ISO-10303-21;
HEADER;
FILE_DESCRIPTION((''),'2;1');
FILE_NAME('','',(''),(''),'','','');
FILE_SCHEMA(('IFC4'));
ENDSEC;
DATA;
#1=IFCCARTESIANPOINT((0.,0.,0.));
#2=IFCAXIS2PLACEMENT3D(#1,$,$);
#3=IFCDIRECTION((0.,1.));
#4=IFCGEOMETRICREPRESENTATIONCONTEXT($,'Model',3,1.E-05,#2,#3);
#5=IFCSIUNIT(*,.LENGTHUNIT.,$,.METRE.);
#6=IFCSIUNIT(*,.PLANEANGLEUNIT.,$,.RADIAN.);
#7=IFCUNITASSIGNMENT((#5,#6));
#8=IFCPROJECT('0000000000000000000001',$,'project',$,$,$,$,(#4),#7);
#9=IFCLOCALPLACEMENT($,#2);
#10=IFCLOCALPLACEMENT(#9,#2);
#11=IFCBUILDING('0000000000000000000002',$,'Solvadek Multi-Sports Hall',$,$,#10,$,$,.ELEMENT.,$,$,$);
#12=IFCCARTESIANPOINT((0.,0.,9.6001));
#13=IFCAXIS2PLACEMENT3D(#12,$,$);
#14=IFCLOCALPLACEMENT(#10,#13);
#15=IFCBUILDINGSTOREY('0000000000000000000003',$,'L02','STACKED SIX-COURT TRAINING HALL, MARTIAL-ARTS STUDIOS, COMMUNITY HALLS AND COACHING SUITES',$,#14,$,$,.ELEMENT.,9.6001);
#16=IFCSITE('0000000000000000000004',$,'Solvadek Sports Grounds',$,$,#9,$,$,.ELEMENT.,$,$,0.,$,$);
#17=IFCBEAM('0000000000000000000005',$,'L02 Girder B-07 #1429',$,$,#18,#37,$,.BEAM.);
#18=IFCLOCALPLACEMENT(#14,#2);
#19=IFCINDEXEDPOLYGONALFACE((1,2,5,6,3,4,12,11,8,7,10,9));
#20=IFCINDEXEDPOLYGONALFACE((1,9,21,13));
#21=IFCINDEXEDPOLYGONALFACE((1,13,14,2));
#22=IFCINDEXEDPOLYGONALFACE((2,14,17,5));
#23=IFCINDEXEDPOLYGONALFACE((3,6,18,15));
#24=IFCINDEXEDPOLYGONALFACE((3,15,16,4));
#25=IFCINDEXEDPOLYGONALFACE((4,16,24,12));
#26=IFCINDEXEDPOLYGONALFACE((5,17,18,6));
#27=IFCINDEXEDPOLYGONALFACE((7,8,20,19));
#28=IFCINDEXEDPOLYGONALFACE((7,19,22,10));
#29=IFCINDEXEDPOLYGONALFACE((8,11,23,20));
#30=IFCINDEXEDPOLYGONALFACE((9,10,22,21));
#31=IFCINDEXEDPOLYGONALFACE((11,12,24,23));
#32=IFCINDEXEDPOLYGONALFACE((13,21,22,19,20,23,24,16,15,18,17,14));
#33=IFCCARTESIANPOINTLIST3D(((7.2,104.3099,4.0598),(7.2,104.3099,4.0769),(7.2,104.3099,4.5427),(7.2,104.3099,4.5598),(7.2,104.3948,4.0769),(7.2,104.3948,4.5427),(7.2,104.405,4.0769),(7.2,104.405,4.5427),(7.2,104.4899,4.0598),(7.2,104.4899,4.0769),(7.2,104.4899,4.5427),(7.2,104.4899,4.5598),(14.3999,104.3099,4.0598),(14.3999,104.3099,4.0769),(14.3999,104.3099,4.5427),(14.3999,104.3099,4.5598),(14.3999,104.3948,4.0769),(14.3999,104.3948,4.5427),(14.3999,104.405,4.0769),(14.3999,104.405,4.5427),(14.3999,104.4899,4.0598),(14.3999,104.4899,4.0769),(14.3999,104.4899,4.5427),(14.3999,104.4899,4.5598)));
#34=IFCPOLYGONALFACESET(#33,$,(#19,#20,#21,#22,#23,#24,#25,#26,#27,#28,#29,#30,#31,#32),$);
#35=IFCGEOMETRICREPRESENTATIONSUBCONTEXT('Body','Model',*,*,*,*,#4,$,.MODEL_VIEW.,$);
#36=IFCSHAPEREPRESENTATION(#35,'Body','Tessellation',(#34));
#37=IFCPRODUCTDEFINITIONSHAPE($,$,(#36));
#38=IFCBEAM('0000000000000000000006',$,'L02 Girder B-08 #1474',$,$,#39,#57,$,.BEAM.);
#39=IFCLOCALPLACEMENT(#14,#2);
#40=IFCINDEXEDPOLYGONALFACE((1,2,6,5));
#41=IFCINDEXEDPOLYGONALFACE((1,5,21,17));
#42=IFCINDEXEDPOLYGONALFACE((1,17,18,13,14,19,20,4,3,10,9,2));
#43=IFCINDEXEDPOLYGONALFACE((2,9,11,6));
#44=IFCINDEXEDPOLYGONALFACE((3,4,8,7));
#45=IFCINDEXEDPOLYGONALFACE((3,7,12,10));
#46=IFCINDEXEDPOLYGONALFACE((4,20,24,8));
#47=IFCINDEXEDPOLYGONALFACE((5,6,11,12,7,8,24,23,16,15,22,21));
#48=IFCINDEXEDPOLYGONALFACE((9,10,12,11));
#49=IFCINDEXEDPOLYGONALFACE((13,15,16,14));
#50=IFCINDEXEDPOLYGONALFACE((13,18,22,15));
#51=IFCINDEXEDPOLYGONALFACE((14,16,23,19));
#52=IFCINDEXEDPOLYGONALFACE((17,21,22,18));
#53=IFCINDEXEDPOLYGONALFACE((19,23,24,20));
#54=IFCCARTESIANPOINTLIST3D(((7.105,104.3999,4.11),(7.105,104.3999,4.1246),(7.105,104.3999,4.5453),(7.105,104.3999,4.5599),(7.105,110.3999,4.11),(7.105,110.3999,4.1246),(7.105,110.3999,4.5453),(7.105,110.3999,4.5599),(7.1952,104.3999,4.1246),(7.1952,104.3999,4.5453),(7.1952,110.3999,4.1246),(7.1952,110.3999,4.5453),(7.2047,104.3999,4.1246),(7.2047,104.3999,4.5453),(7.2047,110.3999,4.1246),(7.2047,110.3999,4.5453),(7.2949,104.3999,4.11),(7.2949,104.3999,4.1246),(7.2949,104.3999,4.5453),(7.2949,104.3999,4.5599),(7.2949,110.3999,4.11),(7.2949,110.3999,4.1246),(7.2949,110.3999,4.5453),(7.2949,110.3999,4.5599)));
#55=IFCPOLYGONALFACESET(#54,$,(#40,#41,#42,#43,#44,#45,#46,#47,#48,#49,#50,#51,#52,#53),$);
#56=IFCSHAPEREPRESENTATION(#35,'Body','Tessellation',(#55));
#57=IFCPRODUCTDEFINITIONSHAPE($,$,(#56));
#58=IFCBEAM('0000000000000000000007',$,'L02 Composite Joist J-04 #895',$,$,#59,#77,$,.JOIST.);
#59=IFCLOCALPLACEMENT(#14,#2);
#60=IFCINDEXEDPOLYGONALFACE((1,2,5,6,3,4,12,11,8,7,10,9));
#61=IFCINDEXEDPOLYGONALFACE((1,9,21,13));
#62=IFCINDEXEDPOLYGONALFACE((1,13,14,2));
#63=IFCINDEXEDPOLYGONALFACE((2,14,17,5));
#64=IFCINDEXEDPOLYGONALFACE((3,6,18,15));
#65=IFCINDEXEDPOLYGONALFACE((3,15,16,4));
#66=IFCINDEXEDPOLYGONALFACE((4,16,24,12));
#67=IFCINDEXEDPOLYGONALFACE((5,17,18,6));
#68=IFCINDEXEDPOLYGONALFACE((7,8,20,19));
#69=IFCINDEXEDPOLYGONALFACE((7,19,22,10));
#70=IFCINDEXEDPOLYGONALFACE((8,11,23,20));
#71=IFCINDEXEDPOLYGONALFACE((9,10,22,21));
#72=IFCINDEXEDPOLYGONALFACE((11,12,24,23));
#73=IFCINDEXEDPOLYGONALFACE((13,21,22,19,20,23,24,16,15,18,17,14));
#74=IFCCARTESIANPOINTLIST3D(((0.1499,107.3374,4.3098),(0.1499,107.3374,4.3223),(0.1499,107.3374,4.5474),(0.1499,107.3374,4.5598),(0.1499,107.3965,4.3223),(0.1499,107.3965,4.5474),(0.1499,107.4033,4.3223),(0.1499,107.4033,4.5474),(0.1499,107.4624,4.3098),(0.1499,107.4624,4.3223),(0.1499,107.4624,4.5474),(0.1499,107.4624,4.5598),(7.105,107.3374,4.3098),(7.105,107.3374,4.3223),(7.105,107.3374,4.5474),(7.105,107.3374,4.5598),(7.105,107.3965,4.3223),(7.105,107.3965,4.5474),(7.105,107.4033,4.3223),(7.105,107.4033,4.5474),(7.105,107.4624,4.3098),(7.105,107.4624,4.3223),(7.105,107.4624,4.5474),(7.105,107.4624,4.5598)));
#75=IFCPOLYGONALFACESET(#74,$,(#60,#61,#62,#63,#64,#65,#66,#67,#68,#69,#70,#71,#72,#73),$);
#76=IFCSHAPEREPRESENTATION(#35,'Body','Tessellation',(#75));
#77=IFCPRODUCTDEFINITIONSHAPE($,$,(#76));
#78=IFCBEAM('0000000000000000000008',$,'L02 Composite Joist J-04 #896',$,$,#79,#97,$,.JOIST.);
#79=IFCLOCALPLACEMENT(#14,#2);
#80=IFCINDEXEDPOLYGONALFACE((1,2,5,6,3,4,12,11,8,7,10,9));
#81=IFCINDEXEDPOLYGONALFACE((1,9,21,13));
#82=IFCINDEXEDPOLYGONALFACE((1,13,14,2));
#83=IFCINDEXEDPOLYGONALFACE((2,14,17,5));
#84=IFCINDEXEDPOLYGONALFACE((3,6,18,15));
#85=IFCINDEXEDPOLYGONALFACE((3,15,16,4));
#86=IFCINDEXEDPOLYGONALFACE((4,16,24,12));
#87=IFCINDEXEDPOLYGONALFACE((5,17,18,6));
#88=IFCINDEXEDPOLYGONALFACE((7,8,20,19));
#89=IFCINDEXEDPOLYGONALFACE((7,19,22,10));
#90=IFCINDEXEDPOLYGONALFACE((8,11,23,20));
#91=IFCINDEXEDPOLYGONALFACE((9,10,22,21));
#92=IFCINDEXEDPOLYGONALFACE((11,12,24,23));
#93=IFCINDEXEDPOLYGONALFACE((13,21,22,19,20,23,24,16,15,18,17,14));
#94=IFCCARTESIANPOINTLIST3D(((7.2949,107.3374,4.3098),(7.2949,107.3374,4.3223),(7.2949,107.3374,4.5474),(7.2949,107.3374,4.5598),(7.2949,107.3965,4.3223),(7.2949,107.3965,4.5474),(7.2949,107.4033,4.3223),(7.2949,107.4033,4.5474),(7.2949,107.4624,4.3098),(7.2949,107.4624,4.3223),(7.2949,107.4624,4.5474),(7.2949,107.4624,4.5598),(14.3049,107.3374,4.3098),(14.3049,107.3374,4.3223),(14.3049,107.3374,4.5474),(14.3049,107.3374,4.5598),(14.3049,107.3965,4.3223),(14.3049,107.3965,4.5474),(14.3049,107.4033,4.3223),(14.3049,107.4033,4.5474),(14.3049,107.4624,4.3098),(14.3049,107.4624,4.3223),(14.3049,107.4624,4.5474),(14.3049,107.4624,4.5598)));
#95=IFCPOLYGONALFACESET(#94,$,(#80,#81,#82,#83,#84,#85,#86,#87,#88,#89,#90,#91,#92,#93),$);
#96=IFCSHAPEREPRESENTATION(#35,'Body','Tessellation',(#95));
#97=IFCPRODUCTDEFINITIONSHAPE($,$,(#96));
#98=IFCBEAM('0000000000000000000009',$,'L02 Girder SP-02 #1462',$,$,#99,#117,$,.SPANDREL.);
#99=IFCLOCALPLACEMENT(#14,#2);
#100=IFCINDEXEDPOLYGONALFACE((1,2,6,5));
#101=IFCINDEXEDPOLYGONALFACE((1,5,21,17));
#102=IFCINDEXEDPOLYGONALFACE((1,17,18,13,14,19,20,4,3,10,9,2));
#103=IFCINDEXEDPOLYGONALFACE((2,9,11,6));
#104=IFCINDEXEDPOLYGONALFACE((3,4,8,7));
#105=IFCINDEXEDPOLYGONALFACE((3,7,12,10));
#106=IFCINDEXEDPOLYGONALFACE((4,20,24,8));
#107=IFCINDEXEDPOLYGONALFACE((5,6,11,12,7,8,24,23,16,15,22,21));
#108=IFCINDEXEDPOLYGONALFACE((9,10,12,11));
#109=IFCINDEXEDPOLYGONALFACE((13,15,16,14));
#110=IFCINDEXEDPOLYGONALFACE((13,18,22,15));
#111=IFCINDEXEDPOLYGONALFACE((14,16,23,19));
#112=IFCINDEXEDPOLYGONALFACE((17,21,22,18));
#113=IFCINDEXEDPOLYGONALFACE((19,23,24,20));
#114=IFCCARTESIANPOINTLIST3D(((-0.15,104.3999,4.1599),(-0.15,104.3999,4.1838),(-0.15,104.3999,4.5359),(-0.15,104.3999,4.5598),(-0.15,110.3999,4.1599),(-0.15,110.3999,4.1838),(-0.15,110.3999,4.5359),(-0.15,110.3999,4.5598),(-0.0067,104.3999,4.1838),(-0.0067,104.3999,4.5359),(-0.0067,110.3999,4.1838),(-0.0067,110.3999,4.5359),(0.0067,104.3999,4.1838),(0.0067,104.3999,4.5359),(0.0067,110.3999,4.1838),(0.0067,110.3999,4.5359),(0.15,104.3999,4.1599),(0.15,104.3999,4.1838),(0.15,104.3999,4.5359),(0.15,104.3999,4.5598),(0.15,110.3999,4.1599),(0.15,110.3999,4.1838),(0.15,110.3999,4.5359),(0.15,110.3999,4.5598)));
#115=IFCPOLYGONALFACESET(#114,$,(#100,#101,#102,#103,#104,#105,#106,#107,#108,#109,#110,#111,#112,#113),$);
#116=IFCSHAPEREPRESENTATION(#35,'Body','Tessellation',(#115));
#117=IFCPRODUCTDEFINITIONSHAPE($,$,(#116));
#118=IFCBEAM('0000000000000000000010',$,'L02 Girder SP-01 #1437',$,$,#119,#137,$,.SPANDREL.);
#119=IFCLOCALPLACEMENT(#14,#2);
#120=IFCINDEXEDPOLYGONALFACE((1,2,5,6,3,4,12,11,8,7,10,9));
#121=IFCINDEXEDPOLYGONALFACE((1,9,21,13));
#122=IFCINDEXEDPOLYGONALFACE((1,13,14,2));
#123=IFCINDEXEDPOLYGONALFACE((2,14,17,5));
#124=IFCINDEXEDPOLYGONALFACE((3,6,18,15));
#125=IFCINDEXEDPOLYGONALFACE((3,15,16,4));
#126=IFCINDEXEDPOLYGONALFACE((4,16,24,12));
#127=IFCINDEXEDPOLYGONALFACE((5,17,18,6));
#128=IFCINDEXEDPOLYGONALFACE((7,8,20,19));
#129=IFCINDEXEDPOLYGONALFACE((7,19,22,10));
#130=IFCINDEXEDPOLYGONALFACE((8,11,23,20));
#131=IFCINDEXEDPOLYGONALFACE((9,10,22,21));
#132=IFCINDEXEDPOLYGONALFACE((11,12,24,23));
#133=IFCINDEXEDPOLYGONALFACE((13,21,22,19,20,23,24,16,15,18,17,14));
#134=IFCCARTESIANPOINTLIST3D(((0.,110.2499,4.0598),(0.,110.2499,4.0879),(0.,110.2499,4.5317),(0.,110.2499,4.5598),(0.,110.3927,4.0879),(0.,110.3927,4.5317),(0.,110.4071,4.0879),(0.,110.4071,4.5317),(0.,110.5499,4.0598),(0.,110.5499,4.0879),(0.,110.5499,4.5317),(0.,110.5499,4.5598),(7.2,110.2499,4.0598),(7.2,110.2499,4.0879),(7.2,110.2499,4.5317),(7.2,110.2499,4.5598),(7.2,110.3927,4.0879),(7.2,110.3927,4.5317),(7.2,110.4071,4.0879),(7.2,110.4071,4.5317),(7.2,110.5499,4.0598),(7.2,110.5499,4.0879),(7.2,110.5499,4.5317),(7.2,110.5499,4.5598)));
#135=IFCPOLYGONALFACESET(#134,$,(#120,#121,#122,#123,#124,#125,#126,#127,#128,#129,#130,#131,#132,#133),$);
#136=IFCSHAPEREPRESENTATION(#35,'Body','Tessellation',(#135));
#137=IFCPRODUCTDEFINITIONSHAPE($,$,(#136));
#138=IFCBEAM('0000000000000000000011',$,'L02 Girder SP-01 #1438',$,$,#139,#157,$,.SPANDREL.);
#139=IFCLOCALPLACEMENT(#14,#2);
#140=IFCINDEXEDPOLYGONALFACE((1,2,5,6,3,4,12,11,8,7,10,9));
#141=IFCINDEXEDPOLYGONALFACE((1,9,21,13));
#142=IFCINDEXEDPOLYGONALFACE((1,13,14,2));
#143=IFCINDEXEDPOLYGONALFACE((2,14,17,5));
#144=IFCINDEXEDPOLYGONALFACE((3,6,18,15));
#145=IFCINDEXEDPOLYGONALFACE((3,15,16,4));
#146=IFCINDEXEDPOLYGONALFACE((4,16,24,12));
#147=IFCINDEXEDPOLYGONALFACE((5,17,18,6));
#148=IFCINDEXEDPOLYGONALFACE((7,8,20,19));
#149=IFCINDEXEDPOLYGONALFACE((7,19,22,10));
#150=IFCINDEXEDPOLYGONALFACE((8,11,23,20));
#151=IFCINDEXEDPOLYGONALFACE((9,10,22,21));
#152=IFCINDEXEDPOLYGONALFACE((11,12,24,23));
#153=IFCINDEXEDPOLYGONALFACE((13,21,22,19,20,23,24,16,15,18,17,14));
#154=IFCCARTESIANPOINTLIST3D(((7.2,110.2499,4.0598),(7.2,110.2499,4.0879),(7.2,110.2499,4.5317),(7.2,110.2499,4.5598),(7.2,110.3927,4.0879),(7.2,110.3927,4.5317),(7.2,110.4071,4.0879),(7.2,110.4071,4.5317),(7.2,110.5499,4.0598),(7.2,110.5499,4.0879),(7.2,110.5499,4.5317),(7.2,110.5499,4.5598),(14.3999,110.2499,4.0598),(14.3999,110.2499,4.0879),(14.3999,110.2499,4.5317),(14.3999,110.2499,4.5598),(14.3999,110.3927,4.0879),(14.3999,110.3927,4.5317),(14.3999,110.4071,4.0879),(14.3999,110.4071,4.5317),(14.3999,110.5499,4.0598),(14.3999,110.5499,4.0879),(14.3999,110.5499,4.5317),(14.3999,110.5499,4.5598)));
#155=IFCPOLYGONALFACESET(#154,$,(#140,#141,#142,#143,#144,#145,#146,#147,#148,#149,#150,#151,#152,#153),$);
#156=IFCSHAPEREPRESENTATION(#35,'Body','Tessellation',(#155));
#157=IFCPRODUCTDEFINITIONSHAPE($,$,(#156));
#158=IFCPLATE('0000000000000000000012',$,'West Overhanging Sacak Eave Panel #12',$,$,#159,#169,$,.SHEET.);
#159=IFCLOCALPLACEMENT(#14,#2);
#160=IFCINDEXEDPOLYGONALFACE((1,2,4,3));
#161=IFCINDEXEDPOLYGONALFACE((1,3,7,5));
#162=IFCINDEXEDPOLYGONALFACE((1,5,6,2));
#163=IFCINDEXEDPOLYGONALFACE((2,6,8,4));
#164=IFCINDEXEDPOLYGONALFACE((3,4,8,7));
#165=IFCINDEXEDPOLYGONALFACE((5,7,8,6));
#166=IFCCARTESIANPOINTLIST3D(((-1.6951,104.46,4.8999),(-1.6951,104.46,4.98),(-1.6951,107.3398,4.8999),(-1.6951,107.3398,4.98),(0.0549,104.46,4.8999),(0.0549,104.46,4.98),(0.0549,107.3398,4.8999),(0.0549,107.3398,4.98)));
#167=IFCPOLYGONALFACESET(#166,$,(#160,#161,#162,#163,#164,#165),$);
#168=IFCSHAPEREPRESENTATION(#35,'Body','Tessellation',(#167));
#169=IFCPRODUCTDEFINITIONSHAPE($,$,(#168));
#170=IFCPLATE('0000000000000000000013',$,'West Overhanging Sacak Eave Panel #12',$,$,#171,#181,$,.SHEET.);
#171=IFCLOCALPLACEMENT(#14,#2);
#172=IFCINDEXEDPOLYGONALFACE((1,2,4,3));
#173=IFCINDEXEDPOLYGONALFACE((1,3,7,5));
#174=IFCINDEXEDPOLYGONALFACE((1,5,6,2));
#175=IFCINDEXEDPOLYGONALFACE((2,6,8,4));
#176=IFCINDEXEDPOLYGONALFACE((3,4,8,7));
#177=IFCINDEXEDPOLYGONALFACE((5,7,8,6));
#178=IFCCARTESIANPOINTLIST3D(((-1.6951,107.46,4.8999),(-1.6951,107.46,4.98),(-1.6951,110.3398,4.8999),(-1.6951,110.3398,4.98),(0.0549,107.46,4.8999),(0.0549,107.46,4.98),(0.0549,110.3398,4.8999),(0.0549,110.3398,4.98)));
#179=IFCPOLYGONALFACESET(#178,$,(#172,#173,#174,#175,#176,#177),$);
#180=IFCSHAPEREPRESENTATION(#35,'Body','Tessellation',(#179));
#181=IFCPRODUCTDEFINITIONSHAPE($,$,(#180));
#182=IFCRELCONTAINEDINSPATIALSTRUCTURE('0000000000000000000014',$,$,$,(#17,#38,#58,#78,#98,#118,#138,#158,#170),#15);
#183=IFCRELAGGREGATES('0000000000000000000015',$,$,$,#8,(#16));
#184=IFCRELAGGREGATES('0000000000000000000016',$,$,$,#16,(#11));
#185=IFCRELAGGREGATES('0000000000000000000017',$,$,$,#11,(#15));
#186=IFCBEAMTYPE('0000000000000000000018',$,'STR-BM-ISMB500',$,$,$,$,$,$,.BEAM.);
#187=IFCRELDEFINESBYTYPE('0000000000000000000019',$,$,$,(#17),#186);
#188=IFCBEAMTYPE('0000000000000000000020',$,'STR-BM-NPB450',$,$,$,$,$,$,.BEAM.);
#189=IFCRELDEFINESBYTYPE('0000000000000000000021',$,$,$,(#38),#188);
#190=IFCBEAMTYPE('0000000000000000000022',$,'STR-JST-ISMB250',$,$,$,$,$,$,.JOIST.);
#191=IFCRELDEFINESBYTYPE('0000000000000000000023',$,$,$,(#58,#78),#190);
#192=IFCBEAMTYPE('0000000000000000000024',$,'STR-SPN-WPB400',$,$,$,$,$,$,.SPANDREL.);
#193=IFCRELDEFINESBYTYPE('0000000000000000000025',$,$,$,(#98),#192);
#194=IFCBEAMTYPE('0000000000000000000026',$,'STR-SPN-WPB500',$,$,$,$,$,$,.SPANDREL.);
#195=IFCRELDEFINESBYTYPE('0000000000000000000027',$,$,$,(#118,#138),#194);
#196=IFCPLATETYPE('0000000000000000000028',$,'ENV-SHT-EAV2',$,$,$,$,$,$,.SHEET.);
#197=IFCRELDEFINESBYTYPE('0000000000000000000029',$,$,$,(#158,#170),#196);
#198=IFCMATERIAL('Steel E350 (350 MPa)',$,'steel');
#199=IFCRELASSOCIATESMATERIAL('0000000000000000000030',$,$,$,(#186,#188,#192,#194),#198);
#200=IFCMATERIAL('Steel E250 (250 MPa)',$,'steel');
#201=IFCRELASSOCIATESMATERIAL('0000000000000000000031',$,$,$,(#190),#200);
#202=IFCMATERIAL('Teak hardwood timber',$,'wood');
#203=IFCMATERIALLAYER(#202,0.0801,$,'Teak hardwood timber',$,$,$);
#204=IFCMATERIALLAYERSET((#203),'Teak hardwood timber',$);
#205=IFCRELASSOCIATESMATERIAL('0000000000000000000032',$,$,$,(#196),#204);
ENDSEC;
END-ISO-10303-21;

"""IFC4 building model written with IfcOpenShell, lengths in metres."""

from ifc_helpers import new_model, si_unit, direction, frame, origin, origin_2d, place, context, subcontext, project, spatial, rectangle, i_section, extrude, material, layer, layer_set, material_profile, profile_set, type_object, element, save


model = new_model("IFC4")

# Units and contexts
model_context = context("Model", 3, precision=1e-05, world=origin(), true_north=direction((0.0, 1.0)))
body_context = subcontext(model_context, "Body", "Model", "MODEL_VIEW")
ifc_project = project(units=[si_unit("LENGTHUNIT", "METRE"), si_unit("PLANEANGLEUNIT", "RADIAN")], contexts=[model_context])

# Site, building, storey
site_placement = place(None, origin())
site = spatial("IfcSite", under=ifc_project, at=site_placement, Name="Solvadek Sports Grounds", CompositionType="ELEMENT", RefElevation=0.0)
building_placement = place(site_placement, origin())
building = spatial("IfcBuilding", under=site, at=building_placement, Name="Solvadek Multi-Sports Hall", CompositionType="ELEMENT")
storey_placement = place(building_placement, frame((0.0, 0.0, 9.6001)))
storey = spatial("IfcBuildingStorey", under=building, at=storey_placement, Name="L02", Description="STACKED SIX-COURT TRAINING HALL, MARTIAL-ARTS STUDIOS, COMMUNITY HALLS AND COACHING SUITES", CompositionType="ELEMENT", Elevation=9.6001)

# Shared definitions
ifc_material_1 = material(Name="Steel E350 (350 MPa)", Category="steel")

# Beams
ifc_material_profile_1 = material_profile(ifc_material_1, i_section(OverallWidth=0.1799, OverallDepth=0.5, WebThickness=0.0103, FlangeThickness=0.0171, at=origin_2d()), Name="ISMB 500")
ifc_profile_set_1 = profile_set([ifc_material_profile_1], Name="Steel E350 (350 MPa)")
beam_type_1 = type_object("IfcBeamType", Name="STR-BM-ISMB500", PredefinedType="BEAM", material=ifc_profile_set_1)
for number, where, z_axis, x_axis, name in (
    (1, (7.2, 104.3999, 4.3098), (1.0, 0.0, 0.0), (0.0, 1.0, 0.0), "L02 Girder B-07 #1429"),
):
    element("IfcBeam", number, at=place(storey_placement, frame(where, z_axis=z_axis, x_axis=x_axis)), inside=storey, type_object=beam_type_1, Name=name, PredefinedType="BEAM", context=body_context, shape_type="SweptSolid", body=[
        extrude(i_section(OverallWidth=0.1799, OverallDepth=0.5, WebThickness=0.0103, FlangeThickness=0.0171, at=origin_2d()), origin(), (0.0, 0.0, 1.0), 7.2),
    ])
ifc_material_profile_2 = material_profile(ifc_material_1, i_section(OverallWidth=0.1899, OverallDepth=0.45, WebThickness=0.0095, FlangeThickness=0.0146, at=origin_2d()), Name="NPB 450")
ifc_profile_set_2 = profile_set([ifc_material_profile_2], Name="Steel E350 (350 MPa)")
beam_type_2 = type_object("IfcBeamType", Name="STR-BM-NPB450", PredefinedType="BEAM", material=ifc_profile_set_2)
beam_1_placement = place(storey_placement, frame((7.2, 104.3999, 4.335), z_axis=(0.0, 1.0, 0.0), x_axis=(-1.0, 0.0, 0.0)))
element("IfcBeam", 2, at=beam_1_placement, inside=storey, type_object=beam_type_2, Name="L02 Girder B-08 #1474", PredefinedType="BEAM", context=body_context, shape_type="SweptSolid", body=[
    extrude(i_section(OverallWidth=0.1899, OverallDepth=0.45, WebThickness=0.0095, FlangeThickness=0.0146, at=origin_2d()), origin(), (0.0, 0.0, 1.0), 6.0),
])
ifc_material_2 = material(Name="Steel E250 (250 MPa)", Category="steel")
ifc_material_profile_3 = material_profile(ifc_material_2, i_section(OverallWidth=0.125, OverallDepth=0.25, WebThickness=0.0068, FlangeThickness=0.0125, at=origin_2d()), Name="ISMB 250")
ifc_profile_set_3 = profile_set([ifc_material_profile_3], Name="Steel E250 (250 MPa)")
beam_type_3 = type_object("IfcBeamType", Name="STR-JST-ISMB250", PredefinedType="JOIST", material=ifc_profile_set_3)
beam_2_placement = place(storey_placement, frame((0.1499, 107.3999, 4.4348), z_axis=(1.0, 0.0, 0.0), x_axis=(0.0, 1.0, 0.0)))
element("IfcBeam", 3, at=beam_2_placement, inside=storey, type_object=beam_type_3, Name="L02 Composite Joist J-04 #895", PredefinedType="JOIST", context=body_context, shape_type="SweptSolid", body=[
    extrude(i_section(OverallWidth=0.125, OverallDepth=0.25, WebThickness=0.0068, FlangeThickness=0.0125, at=origin_2d()), origin(), (0.0, 0.0, 1.0), 6.9551),
])
beam_3_placement = place(storey_placement, frame((7.2949, 107.3999, 4.4348), z_axis=(1.0, 0.0, 0.0), x_axis=(0.0, 1.0, 0.0)))
element("IfcBeam", 4, at=beam_3_placement, inside=storey, type_object=beam_type_3, Name="L02 Composite Joist J-04 #896", PredefinedType="JOIST", context=body_context, shape_type="SweptSolid", body=[
    extrude(i_section(OverallWidth=0.125, OverallDepth=0.25, WebThickness=0.0068, FlangeThickness=0.0125, at=origin_2d()), origin(), (0.0, 0.0, 1.0), 7.01),
])
ifc_material_profile_4 = material_profile(ifc_material_1, i_section(OverallWidth=0.3, OverallDepth=0.3999, WebThickness=0.0134, FlangeThickness=0.0239, at=origin_2d()), Name="WPB 400")
ifc_profile_set_4 = profile_set([ifc_material_profile_4], Name="Steel E350 (350 MPa)")
beam_type_4 = type_object("IfcBeamType", Name="STR-SPN-WPB400", PredefinedType="SPANDREL", material=ifc_profile_set_4)
beam_4_placement = place(storey_placement, frame((0.0, 104.3999, 4.3599), z_axis=(0.0, 1.0, 0.0), x_axis=(-1.0, 0.0, 0.0)))
element("IfcBeam", 5, at=beam_4_placement, inside=storey, type_object=beam_type_4, Name="L02 Girder SP-02 #1462", PredefinedType="SPANDREL", context=body_context, shape_type="SweptSolid", body=[
    extrude(i_section(OverallWidth=0.3, OverallDepth=0.3999, WebThickness=0.0134, FlangeThickness=0.0239, at=origin_2d()), origin(), (0.0, 0.0, 1.0), 6.0),
])
ifc_material_profile_5 = material_profile(ifc_material_1, i_section(OverallWidth=0.3, OverallDepth=0.5, WebThickness=0.0144, FlangeThickness=0.0281, at=origin_2d()), Name="WPB 500")
ifc_profile_set_5 = profile_set([ifc_material_profile_5], Name="Steel E350 (350 MPa)")
beam_type_5 = type_object("IfcBeamType", Name="STR-SPN-WPB500", PredefinedType="SPANDREL", material=ifc_profile_set_5)
for number, where, z_axis, x_axis, name in (
    (6, (0.0, 110.3999, 4.3098), (1.0, 0.0, 0.0), (0.0, 1.0, 0.0), "L02 Girder SP-01 #1437"),
    (7, (7.2, 110.3999, 4.3098), (1.0, 0.0, 0.0), (0.0, 1.0, 0.0), "L02 Girder SP-01 #1438"),
):
    element("IfcBeam", number, at=place(storey_placement, frame(where, z_axis=z_axis, x_axis=x_axis)), inside=storey, type_object=beam_type_5, Name=name, PredefinedType="SPANDREL", context=body_context, shape_type="SweptSolid", body=[
        extrude(i_section(OverallWidth=0.3, OverallDepth=0.5, WebThickness=0.0144, FlangeThickness=0.0281, at=origin_2d()), origin(), (0.0, 0.0, 1.0), 7.2),
    ])

# Plates
ifc_material_3 = material(Name="Teak hardwood timber", Category="wood")
ifc_layer_1 = layer(ifc_material_3, 0.0801, Name="Teak hardwood timber")
ifc_layer_set_1 = layer_set([ifc_layer_1], Name="Teak hardwood timber")
plate_type = type_object("IfcPlateType", Name="ENV-SHT-EAV2", PredefinedType="SHEET", material=ifc_layer_set_1)
for number, where, z_axis, x_axis, name in (
    (8, (-0.8201, 105.8999, 4.8999), (0.0, 0.0, 1.0), (1.0, 0.0, 0.0), "West Overhanging Sacak Eave Panel #12"),
    (9, (-0.8201, 108.8999, 4.8999), (0.0, 0.0, 1.0), (1.0, 0.0, 0.0), "West Overhanging Sacak Eave Panel #12"),
):
    element("IfcPlate", number, at=place(storey_placement, frame(where, z_axis=z_axis, x_axis=x_axis)), inside=storey, type_object=plate_type, Name=name, PredefinedType="SHEET", context=body_context, shape_type="SweptSolid", body=[
        extrude(rectangle(XDim=1.75, YDim=2.8799, at=origin_2d()), origin(), (0.0, 0.0, 1.0), 0.0801),
    ])

save(model, "model.ifc")
